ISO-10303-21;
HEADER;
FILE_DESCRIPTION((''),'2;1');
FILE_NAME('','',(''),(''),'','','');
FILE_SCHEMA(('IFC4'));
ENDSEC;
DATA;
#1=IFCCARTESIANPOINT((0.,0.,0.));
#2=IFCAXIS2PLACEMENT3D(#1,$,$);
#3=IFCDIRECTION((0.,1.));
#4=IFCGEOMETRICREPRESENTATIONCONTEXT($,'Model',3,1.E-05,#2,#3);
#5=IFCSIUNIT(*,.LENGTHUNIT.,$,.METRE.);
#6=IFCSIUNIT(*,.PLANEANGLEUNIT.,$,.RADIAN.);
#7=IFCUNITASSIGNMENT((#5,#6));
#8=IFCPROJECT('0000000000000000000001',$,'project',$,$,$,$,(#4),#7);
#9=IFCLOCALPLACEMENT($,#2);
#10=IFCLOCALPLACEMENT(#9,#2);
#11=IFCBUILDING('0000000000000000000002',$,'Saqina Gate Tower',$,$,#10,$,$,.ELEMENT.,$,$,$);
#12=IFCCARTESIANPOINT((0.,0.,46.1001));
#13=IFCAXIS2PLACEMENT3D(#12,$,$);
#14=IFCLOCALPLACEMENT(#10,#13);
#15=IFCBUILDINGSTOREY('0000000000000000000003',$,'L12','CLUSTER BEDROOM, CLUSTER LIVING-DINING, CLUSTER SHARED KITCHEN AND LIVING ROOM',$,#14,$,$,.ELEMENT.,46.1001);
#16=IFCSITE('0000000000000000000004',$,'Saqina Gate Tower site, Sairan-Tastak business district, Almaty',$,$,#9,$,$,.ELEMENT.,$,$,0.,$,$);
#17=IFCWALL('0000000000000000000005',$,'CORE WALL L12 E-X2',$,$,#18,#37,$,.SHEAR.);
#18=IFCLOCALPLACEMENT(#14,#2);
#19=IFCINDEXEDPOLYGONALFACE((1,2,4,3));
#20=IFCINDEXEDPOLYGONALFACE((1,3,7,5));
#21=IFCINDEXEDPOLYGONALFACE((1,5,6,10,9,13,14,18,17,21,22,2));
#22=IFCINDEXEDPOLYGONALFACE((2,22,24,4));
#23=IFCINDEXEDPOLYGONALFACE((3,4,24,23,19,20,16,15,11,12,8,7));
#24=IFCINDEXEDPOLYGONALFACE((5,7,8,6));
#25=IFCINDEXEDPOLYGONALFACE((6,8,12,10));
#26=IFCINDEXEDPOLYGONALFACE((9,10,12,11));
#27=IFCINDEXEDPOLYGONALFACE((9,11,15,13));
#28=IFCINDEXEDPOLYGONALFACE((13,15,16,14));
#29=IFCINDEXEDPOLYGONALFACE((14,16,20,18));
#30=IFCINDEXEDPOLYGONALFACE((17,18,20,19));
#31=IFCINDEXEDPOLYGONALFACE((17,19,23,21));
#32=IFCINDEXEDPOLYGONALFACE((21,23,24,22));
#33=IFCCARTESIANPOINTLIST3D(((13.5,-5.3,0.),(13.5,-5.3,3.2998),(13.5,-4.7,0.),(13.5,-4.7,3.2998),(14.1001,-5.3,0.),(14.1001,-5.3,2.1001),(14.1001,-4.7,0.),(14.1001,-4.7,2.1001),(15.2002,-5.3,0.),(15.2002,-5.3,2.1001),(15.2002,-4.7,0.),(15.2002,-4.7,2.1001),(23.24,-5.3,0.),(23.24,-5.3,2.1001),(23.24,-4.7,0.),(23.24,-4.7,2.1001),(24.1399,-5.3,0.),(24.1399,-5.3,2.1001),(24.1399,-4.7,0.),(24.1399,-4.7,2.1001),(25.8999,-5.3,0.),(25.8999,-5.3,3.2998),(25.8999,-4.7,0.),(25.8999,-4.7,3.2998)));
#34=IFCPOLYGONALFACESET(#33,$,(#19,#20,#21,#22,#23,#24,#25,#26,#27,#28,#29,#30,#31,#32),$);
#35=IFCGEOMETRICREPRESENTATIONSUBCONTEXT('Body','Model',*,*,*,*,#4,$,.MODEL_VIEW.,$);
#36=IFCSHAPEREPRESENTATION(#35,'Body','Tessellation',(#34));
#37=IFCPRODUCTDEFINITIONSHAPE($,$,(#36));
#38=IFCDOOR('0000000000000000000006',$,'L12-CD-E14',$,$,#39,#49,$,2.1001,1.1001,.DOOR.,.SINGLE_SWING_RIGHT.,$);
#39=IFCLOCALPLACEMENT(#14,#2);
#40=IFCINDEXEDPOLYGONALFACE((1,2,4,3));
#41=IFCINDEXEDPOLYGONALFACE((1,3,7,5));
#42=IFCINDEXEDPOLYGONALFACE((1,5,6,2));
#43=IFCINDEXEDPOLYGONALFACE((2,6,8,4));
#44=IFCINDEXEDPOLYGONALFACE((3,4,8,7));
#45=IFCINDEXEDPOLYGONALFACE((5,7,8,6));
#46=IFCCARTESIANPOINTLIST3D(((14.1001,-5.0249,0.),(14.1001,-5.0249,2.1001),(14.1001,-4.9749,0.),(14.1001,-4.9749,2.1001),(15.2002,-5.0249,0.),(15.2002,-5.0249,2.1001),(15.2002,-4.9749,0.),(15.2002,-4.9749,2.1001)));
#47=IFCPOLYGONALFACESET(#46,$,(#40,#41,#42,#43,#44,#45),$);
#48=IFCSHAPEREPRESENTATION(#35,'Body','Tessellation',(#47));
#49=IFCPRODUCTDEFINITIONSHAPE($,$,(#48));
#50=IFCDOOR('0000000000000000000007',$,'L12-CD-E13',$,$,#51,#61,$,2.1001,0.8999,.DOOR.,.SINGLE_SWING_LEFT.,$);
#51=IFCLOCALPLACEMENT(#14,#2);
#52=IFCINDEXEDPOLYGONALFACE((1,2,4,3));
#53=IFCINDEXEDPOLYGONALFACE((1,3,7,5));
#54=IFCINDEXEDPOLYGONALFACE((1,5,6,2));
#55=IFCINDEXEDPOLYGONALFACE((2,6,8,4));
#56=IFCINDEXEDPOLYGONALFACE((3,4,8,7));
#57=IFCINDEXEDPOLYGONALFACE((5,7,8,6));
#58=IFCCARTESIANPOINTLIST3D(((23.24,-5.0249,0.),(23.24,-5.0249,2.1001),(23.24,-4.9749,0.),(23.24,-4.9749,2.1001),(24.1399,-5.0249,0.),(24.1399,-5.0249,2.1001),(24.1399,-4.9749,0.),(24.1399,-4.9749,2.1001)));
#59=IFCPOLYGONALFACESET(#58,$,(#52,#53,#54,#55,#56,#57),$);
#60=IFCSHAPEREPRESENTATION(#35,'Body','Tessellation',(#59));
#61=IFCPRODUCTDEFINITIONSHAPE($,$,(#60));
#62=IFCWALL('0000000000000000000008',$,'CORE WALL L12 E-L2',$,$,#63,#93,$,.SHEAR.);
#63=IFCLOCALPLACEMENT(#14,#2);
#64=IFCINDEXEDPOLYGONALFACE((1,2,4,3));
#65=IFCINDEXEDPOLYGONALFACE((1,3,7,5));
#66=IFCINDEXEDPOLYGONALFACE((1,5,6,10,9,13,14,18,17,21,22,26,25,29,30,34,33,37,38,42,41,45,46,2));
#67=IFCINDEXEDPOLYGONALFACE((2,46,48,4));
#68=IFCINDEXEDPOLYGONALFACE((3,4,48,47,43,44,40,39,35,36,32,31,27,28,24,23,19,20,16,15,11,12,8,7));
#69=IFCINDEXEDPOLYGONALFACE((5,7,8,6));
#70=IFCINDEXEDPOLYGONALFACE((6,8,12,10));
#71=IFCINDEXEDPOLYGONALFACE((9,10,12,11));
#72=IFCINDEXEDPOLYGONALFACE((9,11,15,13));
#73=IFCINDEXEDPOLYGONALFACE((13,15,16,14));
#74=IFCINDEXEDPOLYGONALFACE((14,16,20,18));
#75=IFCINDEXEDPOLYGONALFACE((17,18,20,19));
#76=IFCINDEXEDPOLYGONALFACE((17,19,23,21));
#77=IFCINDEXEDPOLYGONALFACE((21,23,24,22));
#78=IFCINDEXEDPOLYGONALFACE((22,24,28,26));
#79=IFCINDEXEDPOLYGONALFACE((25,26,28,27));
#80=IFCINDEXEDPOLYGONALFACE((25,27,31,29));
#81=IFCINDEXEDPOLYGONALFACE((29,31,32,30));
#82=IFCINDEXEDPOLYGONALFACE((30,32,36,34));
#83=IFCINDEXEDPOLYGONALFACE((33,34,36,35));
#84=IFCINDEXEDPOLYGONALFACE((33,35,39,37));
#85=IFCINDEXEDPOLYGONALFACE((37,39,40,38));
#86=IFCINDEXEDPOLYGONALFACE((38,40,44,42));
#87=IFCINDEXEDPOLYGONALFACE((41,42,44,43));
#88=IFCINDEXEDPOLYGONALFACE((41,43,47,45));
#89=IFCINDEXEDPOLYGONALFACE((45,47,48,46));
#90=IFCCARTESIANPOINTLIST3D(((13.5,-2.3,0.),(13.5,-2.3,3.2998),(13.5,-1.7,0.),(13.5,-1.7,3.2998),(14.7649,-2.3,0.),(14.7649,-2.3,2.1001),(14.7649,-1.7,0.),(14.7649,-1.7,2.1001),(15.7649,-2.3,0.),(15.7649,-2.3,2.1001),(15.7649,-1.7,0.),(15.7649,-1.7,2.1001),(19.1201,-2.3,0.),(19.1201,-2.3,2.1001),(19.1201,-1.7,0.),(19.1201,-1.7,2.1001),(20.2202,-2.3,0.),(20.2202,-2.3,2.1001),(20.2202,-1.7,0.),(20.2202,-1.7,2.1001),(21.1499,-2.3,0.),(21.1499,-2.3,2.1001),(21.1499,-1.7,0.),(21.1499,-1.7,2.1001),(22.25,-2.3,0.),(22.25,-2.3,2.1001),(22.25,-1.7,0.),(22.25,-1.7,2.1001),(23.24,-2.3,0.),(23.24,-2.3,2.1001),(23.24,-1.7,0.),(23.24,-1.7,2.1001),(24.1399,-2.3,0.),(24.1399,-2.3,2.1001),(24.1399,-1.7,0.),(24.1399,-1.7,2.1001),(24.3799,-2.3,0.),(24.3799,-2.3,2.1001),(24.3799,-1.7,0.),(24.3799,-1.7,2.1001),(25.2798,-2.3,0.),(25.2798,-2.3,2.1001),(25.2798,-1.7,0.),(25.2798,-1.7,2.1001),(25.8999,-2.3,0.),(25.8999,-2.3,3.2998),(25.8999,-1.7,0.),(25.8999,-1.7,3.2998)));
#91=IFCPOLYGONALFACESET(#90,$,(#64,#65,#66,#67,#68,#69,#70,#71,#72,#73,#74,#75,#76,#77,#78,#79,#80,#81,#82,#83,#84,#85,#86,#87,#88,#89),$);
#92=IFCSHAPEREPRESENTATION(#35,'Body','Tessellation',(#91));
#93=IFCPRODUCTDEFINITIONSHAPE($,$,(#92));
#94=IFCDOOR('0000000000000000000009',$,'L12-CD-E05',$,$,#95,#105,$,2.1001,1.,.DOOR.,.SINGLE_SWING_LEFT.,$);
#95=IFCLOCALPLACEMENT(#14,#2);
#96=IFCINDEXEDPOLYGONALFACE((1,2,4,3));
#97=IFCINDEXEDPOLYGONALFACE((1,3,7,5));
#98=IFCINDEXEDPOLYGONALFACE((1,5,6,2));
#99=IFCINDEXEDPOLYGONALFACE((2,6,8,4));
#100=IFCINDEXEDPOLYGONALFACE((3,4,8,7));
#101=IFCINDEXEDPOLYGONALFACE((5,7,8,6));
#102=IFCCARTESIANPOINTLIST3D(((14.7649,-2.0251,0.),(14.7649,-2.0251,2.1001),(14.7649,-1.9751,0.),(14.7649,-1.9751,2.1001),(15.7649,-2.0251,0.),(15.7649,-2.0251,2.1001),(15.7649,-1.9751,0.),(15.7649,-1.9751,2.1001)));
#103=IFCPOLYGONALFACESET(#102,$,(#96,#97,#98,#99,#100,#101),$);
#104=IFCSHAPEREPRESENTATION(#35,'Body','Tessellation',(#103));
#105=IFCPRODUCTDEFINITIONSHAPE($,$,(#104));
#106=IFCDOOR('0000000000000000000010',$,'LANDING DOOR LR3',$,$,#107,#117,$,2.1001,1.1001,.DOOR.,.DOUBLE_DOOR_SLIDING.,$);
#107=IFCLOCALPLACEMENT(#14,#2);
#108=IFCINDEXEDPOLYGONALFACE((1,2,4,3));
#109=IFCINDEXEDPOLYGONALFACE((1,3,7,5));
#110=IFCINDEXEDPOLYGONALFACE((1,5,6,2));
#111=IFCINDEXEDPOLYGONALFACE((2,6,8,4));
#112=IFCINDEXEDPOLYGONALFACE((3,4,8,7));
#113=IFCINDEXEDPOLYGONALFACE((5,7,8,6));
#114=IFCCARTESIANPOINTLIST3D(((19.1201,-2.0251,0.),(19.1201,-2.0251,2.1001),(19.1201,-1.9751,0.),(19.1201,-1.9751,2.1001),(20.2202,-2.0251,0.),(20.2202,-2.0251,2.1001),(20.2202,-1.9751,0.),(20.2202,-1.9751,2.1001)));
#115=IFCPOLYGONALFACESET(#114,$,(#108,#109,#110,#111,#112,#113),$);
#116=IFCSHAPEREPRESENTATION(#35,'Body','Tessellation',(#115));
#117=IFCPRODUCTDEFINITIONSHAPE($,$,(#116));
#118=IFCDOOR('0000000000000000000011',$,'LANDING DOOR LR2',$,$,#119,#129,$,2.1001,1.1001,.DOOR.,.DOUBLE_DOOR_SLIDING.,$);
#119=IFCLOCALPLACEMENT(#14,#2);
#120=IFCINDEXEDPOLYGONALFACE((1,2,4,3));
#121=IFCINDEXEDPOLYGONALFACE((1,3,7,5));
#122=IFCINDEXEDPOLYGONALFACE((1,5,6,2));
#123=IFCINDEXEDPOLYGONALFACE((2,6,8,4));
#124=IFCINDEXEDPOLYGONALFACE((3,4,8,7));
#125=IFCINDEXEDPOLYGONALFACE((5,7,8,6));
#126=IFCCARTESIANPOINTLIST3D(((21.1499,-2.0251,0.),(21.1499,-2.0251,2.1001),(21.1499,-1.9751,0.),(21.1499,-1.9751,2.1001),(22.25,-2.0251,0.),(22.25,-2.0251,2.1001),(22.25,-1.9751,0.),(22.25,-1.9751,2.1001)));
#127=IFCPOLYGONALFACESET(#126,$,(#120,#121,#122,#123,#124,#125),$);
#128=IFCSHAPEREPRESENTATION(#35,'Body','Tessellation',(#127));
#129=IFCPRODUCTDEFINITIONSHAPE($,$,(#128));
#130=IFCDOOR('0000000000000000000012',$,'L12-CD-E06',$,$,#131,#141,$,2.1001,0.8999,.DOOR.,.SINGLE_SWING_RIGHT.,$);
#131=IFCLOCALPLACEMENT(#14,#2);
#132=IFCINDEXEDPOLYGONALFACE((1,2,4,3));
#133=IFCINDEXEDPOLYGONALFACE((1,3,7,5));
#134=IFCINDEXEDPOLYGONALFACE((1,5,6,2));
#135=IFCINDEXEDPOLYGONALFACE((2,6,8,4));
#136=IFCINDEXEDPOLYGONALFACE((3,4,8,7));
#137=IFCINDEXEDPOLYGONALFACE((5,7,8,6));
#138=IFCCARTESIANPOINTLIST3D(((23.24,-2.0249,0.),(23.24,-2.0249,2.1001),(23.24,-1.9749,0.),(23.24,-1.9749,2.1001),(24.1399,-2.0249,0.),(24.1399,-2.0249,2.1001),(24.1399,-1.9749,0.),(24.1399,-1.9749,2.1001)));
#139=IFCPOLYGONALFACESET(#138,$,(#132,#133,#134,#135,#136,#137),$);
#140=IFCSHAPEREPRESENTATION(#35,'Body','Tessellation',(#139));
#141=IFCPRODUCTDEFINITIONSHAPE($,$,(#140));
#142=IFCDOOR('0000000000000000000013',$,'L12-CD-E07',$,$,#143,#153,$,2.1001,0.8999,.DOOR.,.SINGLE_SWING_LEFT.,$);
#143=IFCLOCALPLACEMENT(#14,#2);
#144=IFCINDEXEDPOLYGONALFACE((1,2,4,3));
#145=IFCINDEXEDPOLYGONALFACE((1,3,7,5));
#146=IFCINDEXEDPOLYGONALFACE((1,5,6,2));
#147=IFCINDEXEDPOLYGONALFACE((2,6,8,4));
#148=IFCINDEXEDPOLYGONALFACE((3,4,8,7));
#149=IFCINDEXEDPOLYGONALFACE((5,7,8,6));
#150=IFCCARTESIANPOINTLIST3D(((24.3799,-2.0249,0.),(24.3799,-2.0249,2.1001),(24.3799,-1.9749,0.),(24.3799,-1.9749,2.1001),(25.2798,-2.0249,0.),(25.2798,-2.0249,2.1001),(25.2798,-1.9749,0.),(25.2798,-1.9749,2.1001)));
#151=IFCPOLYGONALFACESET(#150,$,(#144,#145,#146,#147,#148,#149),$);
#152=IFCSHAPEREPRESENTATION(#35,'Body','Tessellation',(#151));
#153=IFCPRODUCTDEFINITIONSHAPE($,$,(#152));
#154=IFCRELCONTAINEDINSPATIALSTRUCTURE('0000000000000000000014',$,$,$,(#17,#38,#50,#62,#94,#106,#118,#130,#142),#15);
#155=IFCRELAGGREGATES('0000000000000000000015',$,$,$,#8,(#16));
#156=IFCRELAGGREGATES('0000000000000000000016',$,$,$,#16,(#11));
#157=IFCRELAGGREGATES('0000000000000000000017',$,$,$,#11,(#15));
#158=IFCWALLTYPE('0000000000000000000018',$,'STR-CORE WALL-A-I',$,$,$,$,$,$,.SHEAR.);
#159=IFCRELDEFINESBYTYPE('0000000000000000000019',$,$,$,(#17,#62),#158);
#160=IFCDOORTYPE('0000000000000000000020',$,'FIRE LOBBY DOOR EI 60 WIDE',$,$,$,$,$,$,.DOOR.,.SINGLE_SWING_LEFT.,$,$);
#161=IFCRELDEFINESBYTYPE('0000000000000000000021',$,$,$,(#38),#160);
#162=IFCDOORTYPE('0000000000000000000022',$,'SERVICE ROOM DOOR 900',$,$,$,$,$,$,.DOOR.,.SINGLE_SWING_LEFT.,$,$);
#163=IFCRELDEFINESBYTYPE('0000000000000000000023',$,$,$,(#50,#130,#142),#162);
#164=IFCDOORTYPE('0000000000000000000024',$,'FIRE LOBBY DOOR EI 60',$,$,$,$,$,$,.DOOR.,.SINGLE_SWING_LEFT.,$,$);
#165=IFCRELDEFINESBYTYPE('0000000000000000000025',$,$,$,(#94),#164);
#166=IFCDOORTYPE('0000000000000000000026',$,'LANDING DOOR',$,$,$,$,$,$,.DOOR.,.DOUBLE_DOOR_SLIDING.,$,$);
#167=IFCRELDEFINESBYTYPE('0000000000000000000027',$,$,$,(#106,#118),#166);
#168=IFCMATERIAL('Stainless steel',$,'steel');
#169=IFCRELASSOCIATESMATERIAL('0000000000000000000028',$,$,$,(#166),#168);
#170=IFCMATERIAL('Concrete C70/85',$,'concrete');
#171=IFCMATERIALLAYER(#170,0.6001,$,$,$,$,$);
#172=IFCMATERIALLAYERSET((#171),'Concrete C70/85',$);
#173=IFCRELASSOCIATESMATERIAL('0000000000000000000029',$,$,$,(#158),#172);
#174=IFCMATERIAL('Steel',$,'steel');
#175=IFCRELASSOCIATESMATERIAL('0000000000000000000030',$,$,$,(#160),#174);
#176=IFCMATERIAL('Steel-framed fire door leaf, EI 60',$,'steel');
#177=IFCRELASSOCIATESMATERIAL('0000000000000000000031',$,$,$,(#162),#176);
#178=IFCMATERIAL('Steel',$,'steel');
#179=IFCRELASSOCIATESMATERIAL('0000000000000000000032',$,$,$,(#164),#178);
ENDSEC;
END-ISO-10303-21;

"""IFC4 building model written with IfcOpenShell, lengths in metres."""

from ifc_helpers import new_model, si_unit, direction, frame, frame_2d, origin, place, context, subcontext, project, spatial, rectangle, extrude, material, layer, layer_set, type_object, element, fill, save


model = new_model("IFC4")

# Units and contexts
model_context = context("Model", 3, precision=1e-05, world=origin(), true_north=direction((0.0, 1.0)))
body_context = subcontext(model_context, "Body", "Model", "MODEL_VIEW")
ifc_project = project(units=[si_unit("LENGTHUNIT", "METRE"), si_unit("PLANEANGLEUNIT", "RADIAN")], contexts=[model_context])

# Site, building, storey
site_placement = place(None, origin())
site = spatial("IfcSite", under=ifc_project, at=site_placement, Name="Saqina Gate Tower site, Sairan-Tastak business district, Almaty", CompositionType="ELEMENT", RefElevation=0.0)
building_placement = place(site_placement, origin())
building = spatial("IfcBuilding", under=site, at=building_placement, Name="Saqina Gate Tower", CompositionType="ELEMENT")
storey_placement = place(building_placement, frame((0.0, 0.0, 46.1001)))
storey = spatial("IfcBuildingStorey", under=building, at=storey_placement, Name="L12", Description="CLUSTER BEDROOM, CLUSTER LIVING-DINING, CLUSTER SHARED KITCHEN AND LIVING ROOM", CompositionType="ELEMENT", Elevation=46.1001)

# Shared definitions
ifc_material_1 = material(Name="Stainless steel", Category="steel")
door_type_1 = type_object("IfcDoorType", Name="LANDING DOOR", OperationType="DOUBLE_DOOR_SLIDING", PredefinedType="DOOR", material=ifc_material_1)

# Walls, openings, doors
ifc_material_2 = material(Name="Concrete C70/85", Category="concrete")
ifc_layer_1 = layer(ifc_material_2, 0.6001)
ifc_layer_set_1 = layer_set([ifc_layer_1], Name="Concrete C70/85")
wall_type_1 = type_object("IfcWallType", Name="STR-CORE WALL-A-I", PredefinedType="SHEAR", material=ifc_layer_set_1)
wall_1_placement = place(storey_placement, frame((13.5, -5.0, 0.0), z_axis=(0.0, 0.0, 1.0), x_axis=(1.0, 0.0, 0.0)))
wall_1 = element("IfcWall", 1, at=wall_1_placement, inside=storey, type_object=wall_type_1, Name="CORE WALL L12 E-X2", PredefinedType="SHEAR", context=body_context, shape_type="SweptSolid", body=[
    extrude(rectangle(XDim=12.3999, YDim=0.6001, at=frame_2d((6.2, 0.0))), origin(), (0.0, 0.0, 1.0), 3.2998),
])
opening_1_placement = place(wall_1_placement, frame((9.74, 0.0, 0.0)))
opening_1 = element("IfcOpeningElement", 2, at=opening_1_placement, cuts=wall_1, PredefinedType="OPENING", context=body_context, shape_type="SweptSolid", body=[
    extrude(rectangle(XDim=0.8999, YDim=2.1001, at=frame_2d((0.45, 1.05))), frame((0.0, 0.312, 0.0), z_axis=(0.0, -1.0, 0.0), x_axis=(1.0, 0.0, 0.0)), (0.0, 0.0, 1.0), 0.624),
])
opening_2_placement = place(wall_1_placement, frame((0.6001, 0.0, 0.0)))
opening_2 = element("IfcOpeningElement", 3, at=opening_2_placement, cuts=wall_1, PredefinedType="OPENING", context=body_context, shape_type="SweptSolid", body=[
    extrude(rectangle(XDim=1.1001, YDim=2.1001, at=frame_2d((0.55, 1.05))), frame((0.0, 0.312, 0.0), z_axis=(0.0, -1.0, 0.0), x_axis=(1.0, 0.0, 0.0)), (0.0, 0.0, 1.0), 0.624),
])
ifc_material_3 = material(Name="Steel", Category="steel")
door_type_2 = type_object("IfcDoorType", Name="FIRE LOBBY DOOR EI 60 WIDE", OperationType="SINGLE_SWING_LEFT", PredefinedType="DOOR", material=ifc_material_3)
door_1_placement = place(opening_2_placement, frame((1.1001, 0.0, 0.0), z_axis=(0.0, 0.0, 1.0), x_axis=(-1.0, 0.0, 0.0)))
door_1 = element("IfcDoor", 4, at=door_1_placement, inside=storey, type_object=door_type_2, Name="L12-CD-E14", OperationType="SINGLE_SWING_RIGHT", OverallHeight=2.1001, OverallWidth=1.1001, PredefinedType="DOOR", context=body_context, shape_type="SweptSolid", body=[
    extrude(rectangle(XDim=1.1001, YDim=2.1001, at=frame_2d((0.55, 1.05))), frame((0.0, 0.0249, 0.0), z_axis=(0.0, -1.0, 0.0), x_axis=(1.0, 0.0, 0.0)), (0.0, 0.0, 1.0), 0.05),
])
fill(opening_2, door_1)
ifc_material_4 = material(Name="Steel-framed fire door leaf, EI 60", Category="steel")
door_type_3 = type_object("IfcDoorType", Name="SERVICE ROOM DOOR 900", OperationType="SINGLE_SWING_LEFT", PredefinedType="DOOR", material=ifc_material_4)
door_2_placement = place(opening_1_placement, frame((0.8999, 0.0, 0.0), z_axis=(0.0, 0.0, 1.0), x_axis=(-1.0, 0.0, 0.0)))
door_2 = element("IfcDoor", 5, at=door_2_placement, inside=storey, type_object=door_type_3, Name="L12-CD-E13", OperationType="SINGLE_SWING_LEFT", OverallHeight=2.1001, OverallWidth=0.8999, PredefinedType="DOOR", context=body_context, shape_type="SweptSolid", body=[
    extrude(rectangle(XDim=0.8999, YDim=2.1001, at=frame_2d((0.45, 1.05))), frame((0.0, 0.0249, 0.0), z_axis=(0.0, -1.0, 0.0), x_axis=(1.0, 0.0, 0.0)), (0.0, 0.0, 1.0), 0.05),
])
fill(opening_1, door_2)
wall_2_placement = place(storey_placement, frame((13.5, -2.0, 0.0), z_axis=(0.0, 0.0, 1.0), x_axis=(1.0, 0.0, 0.0)))
wall_2 = element("IfcWall", 6, at=wall_2_placement, inside=storey, type_object=wall_type_1, Name="CORE WALL L12 E-L2", PredefinedType="SHEAR", context=body_context, shape_type="SweptSolid", body=[
    extrude(rectangle(XDim=12.3999, YDim=0.6001, at=frame_2d((6.2, 0.0))), origin(), (0.0, 0.0, 1.0), 3.2998),
])
opening_3_placement = place(wall_2_placement, frame((5.6201, 0.0, 0.0)))
opening_3 = element("IfcOpeningElement", 7, at=opening_3_placement, cuts=wall_2, PredefinedType="OPENING", context=body_context, shape_type="SweptSolid", body=[
    extrude(rectangle(XDim=1.1001, YDim=2.1001, at=frame_2d((0.55, 1.05))), frame((0.0, 0.312, 0.0), z_axis=(0.0, -1.0, 0.0), x_axis=(1.0, 0.0, 0.0)), (0.0, 0.0, 1.0), 0.624),
])
opening_4_placement = place(wall_2_placement, frame((7.6499, 0.0, 0.0)))
opening_4 = element("IfcOpeningElement", 8, at=opening_4_placement, cuts=wall_2, PredefinedType="OPENING", context=body_context, shape_type="SweptSolid", body=[
    extrude(rectangle(XDim=1.1001, YDim=2.1001, at=frame_2d((0.55, 1.05))), frame((0.0, 0.312, 0.0), z_axis=(0.0, -1.0, 0.0), x_axis=(1.0, 0.0, 0.0)), (0.0, 0.0, 1.0), 0.624),
])
opening_5_placement = place(wall_2_placement, frame((1.2649, 0.0, 0.0)))
opening_5 = element("IfcOpeningElement", 9, at=opening_5_placement, cuts=wall_2, PredefinedType="OPENING", context=body_context, shape_type="SweptSolid", body=[
    extrude(rectangle(XDim=1.0, YDim=2.1001, at=frame_2d((0.5, 1.05))), frame((0.0, 0.312, 0.0), z_axis=(0.0, -1.0, 0.0), x_axis=(1.0, 0.0, 0.0)), (0.0, 0.0, 1.0), 0.624),
])
opening_6_placement = place(wall_2_placement, frame((9.74, 0.0, 0.0)))
opening_6 = element("IfcOpeningElement", 10, at=opening_6_placement, cuts=wall_2, PredefinedType="OPENING", context=body_context, shape_type="SweptSolid", body=[
    extrude(rectangle(XDim=0.8999, YDim=2.1001, at=frame_2d((0.45, 1.05))), frame((0.0, 0.312, 0.0), z_axis=(0.0, -1.0, 0.0), x_axis=(1.0, 0.0, 0.0)), (0.0, 0.0, 1.0), 0.624),
])
opening_7_placement = place(wall_2_placement, frame((10.8799, 0.0, 0.0)))
opening_7 = element("IfcOpeningElement", 11, at=opening_7_placement, cuts=wall_2, PredefinedType="OPENING", context=body_context, shape_type="SweptSolid", body=[
    extrude(rectangle(XDim=0.8999, YDim=2.1001, at=frame_2d((0.45, 1.05))), frame((0.0, 0.312, 0.0), z_axis=(0.0, -1.0, 0.0), x_axis=(1.0, 0.0, 0.0)), (0.0, 0.0, 1.0), 0.624),
])
ifc_material_5 = material(Name="Steel", Category="steel")
door_type_4 = type_object("IfcDoorType", Name="FIRE LOBBY DOOR EI 60", OperationType="SINGLE_SWING_LEFT", PredefinedType="DOOR", material=ifc_material_5)
door_3_placement = place(opening_5_placement, origin())
door_3 = element("IfcDoor", 12, at=door_3_placement, inside=storey, type_object=door_type_4, Name="L12-CD-E05", OperationType="SINGLE_SWING_LEFT", OverallHeight=2.1001, OverallWidth=1.0, PredefinedType="DOOR", context=body_context, shape_type="SweptSolid", body=[
    extrude(rectangle(XDim=1.0, YDim=2.1001, at=frame_2d((0.5, 1.05))), frame((0.0, 0.0249, 0.0), z_axis=(0.0, -1.0, 0.0), x_axis=(1.0, 0.0, 0.0)), (0.0, 0.0, 1.0), 0.05),
])
fill(opening_5, door_3)
door_4_placement = place(opening_3_placement, origin())
door_4 = element("IfcDoor", 13, at=door_4_placement, inside=storey, type_object=door_type_1, Name="LANDING DOOR LR3", OperationType="DOUBLE_DOOR_SLIDING", OverallHeight=2.1001, OverallWidth=1.1001, PredefinedType="DOOR", context=body_context, shape_type="SweptSolid", body=[
    extrude(rectangle(XDim=1.1001, YDim=2.1001, at=frame_2d((0.55, 1.05))), frame((0.0, 0.0249, 0.0), z_axis=(0.0, -1.0, 0.0), x_axis=(1.0, 0.0, 0.0)), (0.0, 0.0, 1.0), 0.05),
])
fill(opening_3, door_4)
door_5_placement = place(opening_4_placement, origin())
door_5 = element("IfcDoor", 14, at=door_5_placement, inside=storey, type_object=door_type_1, Name="LANDING DOOR LR2", OperationType="DOUBLE_DOOR_SLIDING", OverallHeight=2.1001, OverallWidth=1.1001, PredefinedType="DOOR", context=body_context, shape_type="SweptSolid", body=[
    extrude(rectangle(XDim=1.1001, YDim=2.1001, at=frame_2d((0.55, 1.05))), frame((0.0, 0.0249, 0.0), z_axis=(0.0, -1.0, 0.0), x_axis=(1.0, 0.0, 0.0)), (0.0, 0.0, 1.0), 0.05),
])
fill(opening_4, door_5)
door_6_placement = place(opening_6_placement, frame((0.8999, 0.0, 0.0), z_axis=(0.0, 0.0, 1.0), x_axis=(-1.0, 0.0, 0.0)))
door_6 = element("IfcDoor", 15, at=door_6_placement, inside=storey, type_object=door_type_3, Name="L12-CD-E06", OperationType="SINGLE_SWING_RIGHT", OverallHeight=2.1001, OverallWidth=0.8999, PredefinedType="DOOR", context=body_context, shape_type="SweptSolid", body=[
    extrude(rectangle(XDim=0.8999, YDim=2.1001, at=frame_2d((0.45, 1.05))), frame((0.0, 0.0249, 0.0), z_axis=(0.0, -1.0, 0.0), x_axis=(1.0, 0.0, 0.0)), (0.0, 0.0, 1.0), 0.05),
])
fill(opening_6, door_6)
door_7_placement = place(opening_7_placement, frame((0.8999, 0.0, 0.0), z_axis=(0.0, 0.0, 1.0), x_axis=(-1.0, 0.0, 0.0)))
door_7 = element("IfcDoor", 16, at=door_7_placement, inside=storey, type_object=door_type_3, Name="L12-CD-E07", OperationType="SINGLE_SWING_LEFT", OverallHeight=2.1001, OverallWidth=0.8999, PredefinedType="DOOR", context=body_context, shape_type="SweptSolid", body=[
    extrude(rectangle(XDim=0.8999, YDim=2.1001, at=frame_2d((0.45, 1.05))), frame((0.0, 0.0249, 0.0), z_axis=(0.0, -1.0, 0.0), x_axis=(1.0, 0.0, 0.0)), (0.0, 0.0, 1.0), 0.05),
])
fill(opening_7, door_7)

save(model, "model.ifc")
